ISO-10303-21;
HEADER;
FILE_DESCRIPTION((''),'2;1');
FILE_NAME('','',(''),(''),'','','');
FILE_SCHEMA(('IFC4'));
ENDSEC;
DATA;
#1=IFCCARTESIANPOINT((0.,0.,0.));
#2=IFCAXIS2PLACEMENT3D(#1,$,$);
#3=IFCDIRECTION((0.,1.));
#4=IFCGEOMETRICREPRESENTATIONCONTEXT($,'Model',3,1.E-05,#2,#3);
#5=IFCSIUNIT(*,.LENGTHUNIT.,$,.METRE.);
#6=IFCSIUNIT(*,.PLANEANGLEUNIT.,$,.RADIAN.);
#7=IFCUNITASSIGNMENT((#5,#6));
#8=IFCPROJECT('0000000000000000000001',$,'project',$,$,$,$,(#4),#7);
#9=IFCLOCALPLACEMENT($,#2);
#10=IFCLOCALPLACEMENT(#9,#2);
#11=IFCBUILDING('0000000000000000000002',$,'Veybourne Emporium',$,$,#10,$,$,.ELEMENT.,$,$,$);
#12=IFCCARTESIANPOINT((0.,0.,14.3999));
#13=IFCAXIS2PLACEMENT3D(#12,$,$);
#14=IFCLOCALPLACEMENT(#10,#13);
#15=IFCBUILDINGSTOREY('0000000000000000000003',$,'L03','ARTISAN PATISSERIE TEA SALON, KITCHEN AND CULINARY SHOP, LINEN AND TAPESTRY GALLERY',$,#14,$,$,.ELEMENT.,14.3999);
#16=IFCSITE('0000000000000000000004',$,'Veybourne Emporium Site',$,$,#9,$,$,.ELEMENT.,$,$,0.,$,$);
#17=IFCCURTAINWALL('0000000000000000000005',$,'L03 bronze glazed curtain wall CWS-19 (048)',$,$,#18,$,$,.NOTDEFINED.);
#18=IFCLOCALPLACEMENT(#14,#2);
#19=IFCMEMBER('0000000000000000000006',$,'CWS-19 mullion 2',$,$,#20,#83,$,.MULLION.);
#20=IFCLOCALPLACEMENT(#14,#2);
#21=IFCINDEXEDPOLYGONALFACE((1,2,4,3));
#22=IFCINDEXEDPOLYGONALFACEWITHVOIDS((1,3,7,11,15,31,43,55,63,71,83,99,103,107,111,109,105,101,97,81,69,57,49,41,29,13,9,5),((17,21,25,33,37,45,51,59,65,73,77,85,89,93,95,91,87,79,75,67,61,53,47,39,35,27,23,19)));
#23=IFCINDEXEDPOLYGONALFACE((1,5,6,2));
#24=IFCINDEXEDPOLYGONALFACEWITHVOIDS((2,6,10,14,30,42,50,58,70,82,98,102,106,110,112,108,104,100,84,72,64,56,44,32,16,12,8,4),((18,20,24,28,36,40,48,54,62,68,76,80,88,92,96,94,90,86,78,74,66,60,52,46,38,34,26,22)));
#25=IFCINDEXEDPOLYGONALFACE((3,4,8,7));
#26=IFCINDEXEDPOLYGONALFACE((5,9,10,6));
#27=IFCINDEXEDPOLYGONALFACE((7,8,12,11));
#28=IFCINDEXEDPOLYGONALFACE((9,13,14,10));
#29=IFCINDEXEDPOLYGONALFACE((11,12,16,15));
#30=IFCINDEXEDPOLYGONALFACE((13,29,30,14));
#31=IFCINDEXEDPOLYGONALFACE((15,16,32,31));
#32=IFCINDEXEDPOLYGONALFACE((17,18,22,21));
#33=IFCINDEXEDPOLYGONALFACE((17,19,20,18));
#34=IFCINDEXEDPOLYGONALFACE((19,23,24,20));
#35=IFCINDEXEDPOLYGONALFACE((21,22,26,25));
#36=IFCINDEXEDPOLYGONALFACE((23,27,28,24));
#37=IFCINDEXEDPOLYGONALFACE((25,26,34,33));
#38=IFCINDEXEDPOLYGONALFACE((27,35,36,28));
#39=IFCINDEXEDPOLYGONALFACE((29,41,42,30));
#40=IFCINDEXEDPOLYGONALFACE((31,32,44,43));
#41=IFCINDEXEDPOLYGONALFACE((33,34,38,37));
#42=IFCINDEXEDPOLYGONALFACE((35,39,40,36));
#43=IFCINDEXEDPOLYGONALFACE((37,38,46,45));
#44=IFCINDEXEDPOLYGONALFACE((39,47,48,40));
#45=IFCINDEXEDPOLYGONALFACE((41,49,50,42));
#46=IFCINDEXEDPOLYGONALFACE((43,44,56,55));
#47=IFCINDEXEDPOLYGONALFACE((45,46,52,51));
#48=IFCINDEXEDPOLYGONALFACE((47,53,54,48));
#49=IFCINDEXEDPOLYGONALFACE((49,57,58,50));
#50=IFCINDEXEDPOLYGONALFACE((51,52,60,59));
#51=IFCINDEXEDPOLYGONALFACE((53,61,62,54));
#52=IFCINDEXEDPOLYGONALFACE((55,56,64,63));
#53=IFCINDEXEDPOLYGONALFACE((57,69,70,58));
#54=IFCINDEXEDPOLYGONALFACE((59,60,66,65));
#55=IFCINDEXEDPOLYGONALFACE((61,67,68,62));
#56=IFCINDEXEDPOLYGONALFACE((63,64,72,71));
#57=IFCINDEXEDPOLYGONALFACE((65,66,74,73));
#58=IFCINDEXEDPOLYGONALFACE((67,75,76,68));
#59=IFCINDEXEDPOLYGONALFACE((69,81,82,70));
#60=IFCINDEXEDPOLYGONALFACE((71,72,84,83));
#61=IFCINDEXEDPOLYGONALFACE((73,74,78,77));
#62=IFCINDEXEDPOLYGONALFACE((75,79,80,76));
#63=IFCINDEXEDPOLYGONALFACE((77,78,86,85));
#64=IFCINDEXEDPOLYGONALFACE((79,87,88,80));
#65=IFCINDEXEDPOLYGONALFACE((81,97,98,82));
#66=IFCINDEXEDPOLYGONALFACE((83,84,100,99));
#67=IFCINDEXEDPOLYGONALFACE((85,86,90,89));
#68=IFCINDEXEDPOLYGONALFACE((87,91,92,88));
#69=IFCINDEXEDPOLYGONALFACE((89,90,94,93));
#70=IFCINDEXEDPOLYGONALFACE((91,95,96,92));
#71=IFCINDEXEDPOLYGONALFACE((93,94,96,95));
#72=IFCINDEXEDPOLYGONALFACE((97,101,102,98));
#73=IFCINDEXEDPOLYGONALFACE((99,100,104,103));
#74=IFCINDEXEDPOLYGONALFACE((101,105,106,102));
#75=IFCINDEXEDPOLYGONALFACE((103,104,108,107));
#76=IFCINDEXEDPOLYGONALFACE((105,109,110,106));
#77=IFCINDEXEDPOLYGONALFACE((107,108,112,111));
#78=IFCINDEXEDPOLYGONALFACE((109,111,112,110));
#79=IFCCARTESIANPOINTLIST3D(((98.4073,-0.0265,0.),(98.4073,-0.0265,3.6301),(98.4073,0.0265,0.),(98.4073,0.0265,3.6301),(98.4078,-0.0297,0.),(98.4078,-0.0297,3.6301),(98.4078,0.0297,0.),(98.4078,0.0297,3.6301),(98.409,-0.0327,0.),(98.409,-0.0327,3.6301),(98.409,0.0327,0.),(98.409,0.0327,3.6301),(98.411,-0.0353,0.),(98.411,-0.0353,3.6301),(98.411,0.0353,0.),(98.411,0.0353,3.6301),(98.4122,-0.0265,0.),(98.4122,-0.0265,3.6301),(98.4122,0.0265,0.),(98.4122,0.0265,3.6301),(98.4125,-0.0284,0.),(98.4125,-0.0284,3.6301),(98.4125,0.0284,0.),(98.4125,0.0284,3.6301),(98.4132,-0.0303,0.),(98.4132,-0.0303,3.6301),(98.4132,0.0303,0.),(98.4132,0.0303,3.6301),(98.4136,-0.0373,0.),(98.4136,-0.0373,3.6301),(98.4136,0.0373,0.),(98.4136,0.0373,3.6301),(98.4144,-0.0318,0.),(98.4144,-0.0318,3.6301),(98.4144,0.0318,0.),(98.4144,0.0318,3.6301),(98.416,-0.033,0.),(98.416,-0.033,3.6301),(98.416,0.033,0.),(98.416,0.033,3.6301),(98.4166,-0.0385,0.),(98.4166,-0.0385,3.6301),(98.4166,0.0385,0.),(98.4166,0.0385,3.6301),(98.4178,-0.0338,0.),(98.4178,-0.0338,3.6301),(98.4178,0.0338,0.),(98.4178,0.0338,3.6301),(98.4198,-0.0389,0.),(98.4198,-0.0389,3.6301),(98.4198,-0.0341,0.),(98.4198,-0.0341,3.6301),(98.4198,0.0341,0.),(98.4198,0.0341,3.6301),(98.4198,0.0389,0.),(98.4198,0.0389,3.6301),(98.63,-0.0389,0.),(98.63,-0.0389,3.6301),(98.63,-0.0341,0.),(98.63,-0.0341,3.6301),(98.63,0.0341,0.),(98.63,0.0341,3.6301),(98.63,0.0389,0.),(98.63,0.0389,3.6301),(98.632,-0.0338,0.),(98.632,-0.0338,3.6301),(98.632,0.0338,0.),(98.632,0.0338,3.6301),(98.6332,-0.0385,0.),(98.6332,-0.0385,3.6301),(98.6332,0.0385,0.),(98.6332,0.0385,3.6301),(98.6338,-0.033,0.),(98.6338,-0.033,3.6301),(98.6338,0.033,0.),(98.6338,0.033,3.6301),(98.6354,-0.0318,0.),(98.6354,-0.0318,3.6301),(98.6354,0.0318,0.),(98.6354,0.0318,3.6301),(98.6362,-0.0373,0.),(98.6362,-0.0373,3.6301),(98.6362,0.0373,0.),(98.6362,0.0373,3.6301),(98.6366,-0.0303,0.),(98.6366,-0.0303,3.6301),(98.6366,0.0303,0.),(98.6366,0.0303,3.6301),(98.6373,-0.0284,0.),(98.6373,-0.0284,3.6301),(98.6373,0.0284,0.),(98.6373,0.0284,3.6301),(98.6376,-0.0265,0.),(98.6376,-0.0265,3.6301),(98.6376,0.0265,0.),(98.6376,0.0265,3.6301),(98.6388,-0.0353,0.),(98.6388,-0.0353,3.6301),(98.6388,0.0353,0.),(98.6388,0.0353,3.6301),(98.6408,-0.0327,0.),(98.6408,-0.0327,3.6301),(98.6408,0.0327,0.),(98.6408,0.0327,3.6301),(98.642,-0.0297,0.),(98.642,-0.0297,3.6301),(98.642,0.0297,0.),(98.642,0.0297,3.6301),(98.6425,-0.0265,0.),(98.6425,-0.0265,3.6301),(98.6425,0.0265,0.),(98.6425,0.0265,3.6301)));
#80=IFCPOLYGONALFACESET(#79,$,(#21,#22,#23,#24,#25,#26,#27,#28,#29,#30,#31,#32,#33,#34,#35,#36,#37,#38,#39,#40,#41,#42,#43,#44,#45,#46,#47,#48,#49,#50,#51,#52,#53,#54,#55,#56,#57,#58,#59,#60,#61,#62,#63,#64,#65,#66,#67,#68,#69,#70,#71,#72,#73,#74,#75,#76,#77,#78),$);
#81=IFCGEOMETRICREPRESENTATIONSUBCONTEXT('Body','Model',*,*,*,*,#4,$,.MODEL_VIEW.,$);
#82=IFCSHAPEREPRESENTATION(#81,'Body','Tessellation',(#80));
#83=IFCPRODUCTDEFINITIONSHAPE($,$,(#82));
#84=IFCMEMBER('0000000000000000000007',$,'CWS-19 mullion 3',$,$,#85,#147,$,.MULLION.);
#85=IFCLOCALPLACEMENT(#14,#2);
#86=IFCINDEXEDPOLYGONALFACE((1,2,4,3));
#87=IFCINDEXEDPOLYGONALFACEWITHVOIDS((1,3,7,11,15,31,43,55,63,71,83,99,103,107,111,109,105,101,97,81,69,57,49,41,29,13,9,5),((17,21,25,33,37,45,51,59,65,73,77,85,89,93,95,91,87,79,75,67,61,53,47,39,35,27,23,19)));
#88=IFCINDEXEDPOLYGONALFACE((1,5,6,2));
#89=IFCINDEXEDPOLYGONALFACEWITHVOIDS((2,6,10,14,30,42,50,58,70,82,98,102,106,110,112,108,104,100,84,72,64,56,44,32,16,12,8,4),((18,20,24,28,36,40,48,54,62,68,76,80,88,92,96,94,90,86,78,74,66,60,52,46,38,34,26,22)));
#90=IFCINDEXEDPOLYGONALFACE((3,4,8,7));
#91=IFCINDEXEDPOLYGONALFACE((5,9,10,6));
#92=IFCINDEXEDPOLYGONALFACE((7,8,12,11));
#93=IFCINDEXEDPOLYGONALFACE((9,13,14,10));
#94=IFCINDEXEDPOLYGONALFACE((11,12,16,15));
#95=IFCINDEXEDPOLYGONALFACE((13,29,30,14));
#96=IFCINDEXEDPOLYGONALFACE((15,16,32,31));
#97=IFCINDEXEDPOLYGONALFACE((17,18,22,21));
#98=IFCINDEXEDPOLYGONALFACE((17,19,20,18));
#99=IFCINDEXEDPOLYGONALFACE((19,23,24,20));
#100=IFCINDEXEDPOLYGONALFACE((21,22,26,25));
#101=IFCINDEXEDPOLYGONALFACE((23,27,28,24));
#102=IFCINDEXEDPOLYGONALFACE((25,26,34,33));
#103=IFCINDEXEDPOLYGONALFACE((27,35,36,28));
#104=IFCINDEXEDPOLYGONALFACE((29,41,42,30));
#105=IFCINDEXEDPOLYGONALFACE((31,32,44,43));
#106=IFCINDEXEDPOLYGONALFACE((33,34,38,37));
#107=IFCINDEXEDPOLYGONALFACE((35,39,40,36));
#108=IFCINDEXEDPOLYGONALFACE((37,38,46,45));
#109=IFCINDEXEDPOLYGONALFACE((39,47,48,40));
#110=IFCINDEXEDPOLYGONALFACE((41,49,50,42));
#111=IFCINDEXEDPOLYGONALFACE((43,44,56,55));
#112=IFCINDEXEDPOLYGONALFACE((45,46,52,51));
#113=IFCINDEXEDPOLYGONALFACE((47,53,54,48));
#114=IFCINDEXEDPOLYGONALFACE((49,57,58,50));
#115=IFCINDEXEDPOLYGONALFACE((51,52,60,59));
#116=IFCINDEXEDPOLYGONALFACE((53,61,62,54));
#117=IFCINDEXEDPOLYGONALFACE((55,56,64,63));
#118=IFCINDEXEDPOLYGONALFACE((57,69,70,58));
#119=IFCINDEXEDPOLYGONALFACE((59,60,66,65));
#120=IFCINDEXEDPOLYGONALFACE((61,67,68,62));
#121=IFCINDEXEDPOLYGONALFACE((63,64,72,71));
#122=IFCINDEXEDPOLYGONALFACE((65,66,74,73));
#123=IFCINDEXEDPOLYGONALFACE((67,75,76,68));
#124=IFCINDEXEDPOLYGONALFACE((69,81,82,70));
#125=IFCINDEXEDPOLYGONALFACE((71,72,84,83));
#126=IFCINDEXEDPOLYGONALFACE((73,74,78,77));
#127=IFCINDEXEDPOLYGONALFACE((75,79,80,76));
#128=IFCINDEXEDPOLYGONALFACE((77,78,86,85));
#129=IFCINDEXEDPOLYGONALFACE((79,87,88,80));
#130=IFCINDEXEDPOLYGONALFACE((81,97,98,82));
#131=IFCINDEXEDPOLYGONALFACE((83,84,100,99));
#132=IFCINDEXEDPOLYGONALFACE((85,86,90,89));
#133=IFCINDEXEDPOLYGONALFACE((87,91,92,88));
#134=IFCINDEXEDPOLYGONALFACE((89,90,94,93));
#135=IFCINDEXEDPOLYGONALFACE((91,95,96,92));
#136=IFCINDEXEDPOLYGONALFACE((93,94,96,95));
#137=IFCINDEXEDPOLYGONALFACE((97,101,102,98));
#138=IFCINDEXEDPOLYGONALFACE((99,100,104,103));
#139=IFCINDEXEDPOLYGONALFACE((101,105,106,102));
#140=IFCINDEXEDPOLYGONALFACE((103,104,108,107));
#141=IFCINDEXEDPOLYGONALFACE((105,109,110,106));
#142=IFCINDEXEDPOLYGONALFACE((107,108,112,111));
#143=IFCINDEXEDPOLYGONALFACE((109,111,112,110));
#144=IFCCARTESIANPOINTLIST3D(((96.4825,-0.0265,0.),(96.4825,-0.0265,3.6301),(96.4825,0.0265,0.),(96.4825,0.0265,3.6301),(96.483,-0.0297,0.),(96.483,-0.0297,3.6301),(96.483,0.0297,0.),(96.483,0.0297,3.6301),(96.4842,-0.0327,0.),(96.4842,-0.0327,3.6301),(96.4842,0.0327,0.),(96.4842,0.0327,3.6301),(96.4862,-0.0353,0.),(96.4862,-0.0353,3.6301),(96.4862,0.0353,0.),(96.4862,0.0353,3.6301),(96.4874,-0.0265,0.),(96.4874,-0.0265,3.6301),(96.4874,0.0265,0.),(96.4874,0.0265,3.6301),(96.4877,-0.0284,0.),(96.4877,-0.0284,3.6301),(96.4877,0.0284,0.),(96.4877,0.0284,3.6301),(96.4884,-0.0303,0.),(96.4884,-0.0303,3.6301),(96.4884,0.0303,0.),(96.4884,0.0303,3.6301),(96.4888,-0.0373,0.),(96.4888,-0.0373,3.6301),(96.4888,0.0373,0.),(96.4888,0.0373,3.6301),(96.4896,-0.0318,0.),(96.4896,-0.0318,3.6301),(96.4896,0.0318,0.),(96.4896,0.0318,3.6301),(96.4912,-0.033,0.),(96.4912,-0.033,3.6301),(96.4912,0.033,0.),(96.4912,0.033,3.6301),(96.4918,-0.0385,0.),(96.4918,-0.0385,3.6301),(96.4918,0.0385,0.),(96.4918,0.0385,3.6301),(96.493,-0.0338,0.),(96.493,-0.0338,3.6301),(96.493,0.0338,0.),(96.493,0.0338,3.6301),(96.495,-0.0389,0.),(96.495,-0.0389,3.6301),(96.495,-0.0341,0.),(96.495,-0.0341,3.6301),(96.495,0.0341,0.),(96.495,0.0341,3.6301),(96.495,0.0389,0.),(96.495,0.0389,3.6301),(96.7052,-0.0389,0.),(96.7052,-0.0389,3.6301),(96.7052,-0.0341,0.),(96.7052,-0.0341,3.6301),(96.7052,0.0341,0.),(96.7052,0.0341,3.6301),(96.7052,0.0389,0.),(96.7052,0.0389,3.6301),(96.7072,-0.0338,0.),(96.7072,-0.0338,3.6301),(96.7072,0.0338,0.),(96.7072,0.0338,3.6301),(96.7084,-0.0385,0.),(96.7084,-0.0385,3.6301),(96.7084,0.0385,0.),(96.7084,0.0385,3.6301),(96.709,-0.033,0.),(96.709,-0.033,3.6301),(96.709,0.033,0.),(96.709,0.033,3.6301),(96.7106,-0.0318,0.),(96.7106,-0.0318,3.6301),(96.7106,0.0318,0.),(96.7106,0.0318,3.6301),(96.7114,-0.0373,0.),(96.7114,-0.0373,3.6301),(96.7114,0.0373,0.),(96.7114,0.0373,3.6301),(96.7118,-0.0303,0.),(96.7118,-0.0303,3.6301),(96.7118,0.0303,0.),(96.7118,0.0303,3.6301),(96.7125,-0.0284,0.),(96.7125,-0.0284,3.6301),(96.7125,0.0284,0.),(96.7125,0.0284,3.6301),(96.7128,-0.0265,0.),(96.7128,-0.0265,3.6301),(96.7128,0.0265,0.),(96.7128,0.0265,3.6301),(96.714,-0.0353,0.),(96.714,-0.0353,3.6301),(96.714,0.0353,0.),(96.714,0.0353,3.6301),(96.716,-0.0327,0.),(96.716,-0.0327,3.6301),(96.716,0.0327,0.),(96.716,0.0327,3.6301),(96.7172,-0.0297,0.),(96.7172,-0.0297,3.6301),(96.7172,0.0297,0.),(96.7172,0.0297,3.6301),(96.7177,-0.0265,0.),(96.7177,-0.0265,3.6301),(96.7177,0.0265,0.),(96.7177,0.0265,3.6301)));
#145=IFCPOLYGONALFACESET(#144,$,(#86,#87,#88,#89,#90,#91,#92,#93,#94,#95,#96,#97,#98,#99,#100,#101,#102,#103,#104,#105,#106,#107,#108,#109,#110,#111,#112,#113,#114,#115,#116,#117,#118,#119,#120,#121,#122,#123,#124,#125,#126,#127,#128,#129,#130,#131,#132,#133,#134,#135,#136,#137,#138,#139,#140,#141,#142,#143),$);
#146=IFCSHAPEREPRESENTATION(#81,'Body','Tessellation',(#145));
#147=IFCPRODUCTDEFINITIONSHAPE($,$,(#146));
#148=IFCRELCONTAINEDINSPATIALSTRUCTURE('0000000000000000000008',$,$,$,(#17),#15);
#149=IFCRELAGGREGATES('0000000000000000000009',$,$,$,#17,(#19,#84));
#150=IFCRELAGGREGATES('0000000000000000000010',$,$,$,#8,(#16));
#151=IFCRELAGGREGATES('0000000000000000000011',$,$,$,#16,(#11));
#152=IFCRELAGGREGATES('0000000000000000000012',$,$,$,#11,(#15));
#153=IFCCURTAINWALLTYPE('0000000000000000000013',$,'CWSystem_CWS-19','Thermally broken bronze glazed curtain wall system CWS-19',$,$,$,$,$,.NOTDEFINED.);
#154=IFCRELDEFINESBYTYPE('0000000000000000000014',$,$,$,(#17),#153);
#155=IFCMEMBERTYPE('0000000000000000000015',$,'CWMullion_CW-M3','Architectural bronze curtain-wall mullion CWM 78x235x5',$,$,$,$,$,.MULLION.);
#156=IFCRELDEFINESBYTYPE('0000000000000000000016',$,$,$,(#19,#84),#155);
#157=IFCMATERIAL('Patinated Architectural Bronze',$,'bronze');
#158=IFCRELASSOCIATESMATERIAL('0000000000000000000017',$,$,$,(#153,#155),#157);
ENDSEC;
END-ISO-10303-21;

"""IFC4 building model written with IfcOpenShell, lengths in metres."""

from ifc_helpers import new_model, si_unit, direction, frame, origin, origin_2d, place, context, subcontext, project, spatial, hollow_rectangle, extrude, material, material_profile, profile_set, type_object, element, aggregate, save


model = new_model("IFC4")

# Units and contexts
model_context = context("Model", 3, precision=1e-05, world=origin(), true_north=direction((0.0, 1.0)))
body_context = subcontext(model_context, "Body", "Model", "MODEL_VIEW")
ifc_project = project(units=[si_unit("LENGTHUNIT", "METRE"), si_unit("PLANEANGLEUNIT", "RADIAN")], contexts=[model_context])

# Site, building, storey
site_placement = place(None, origin())
site = spatial("IfcSite", under=ifc_project, at=site_placement, Name="Veybourne Emporium Site", CompositionType="ELEMENT", RefElevation=0.0)
building_placement = place(site_placement, origin())
building = spatial("IfcBuilding", under=site, at=building_placement, Name="Veybourne Emporium", CompositionType="ELEMENT")
storey_placement = place(building_placement, frame((0.0, 0.0, 14.3999)))
storey = spatial("IfcBuildingStorey", under=building, at=storey_placement, Name="L03", Description="ARTISAN PATISSERIE TEA SALON, KITCHEN AND CULINARY SHOP, LINEN AND TAPESTRY GALLERY", CompositionType="ELEMENT", Elevation=14.3999)

# Curtain wall, members
ifc_material_1 = material(Name="Patinated Architectural Bronze", Category="bronze")
curtain_wall_type = type_object("IfcCurtainWallType", Name="CWSystem_CWS-19", Description="Thermally broken bronze glazed curtain wall system CWS-19", PredefinedType="NOTDEFINED", material=ifc_material_1)
curtain_wall_placement = place(storey_placement, origin())
curtain_wall = element("IfcCurtainWall", 1, at=curtain_wall_placement, inside=storey, type_object=curtain_wall_type, Name="L03 bronze glazed curtain wall CWS-19 (048)", PredefinedType="NOTDEFINED")
ifc_material_profile_1 = material_profile(ifc_material_1, hollow_rectangle(XDim=0.0779, YDim=0.2351, WallThickness=0.0049, InnerFilletRadius=0.0076, OuterFilletRadius=0.0125, at=origin_2d()), Name="CWM 78x235x5")
ifc_profile_set_1 = profile_set([ifc_material_profile_1], Name="Patinated Architectural Bronze")
member_type_1 = type_object("IfcMemberType", Name="CWMullion_CW-M3", Description="Architectural bronze curtain-wall mullion CWM 78x235x5", PredefinedType="MULLION", material=ifc_profile_set_1)
member_1_placement = place(storey_placement, frame((98.5249, 0.0, 0.0), z_axis=(0.0, 0.0, 1.0), x_axis=(0.0, -1.0, 0.0)))
member_1 = element("IfcMember", 2, at=member_1_placement, type_object=member_type_1, Name="CWS-19 mullion 2", PredefinedType="MULLION", context=body_context, shape_type="SweptSolid", body=[
    extrude(hollow_rectangle(XDim=0.0779, YDim=0.2351, WallThickness=0.0049, InnerFilletRadius=0.0076, OuterFilletRadius=0.0125, at=origin_2d()), origin(), (0.0, 0.0, 1.0), 3.6301),
])
member_2_placement = place(storey_placement, frame((96.6001, 0.0, 0.0), z_axis=(0.0, 0.0, 1.0), x_axis=(0.0, -1.0, 0.0)))
member_2 = element("IfcMember", 3, at=member_2_placement, type_object=member_type_1, Name="CWS-19 mullion 3", PredefinedType="MULLION", context=body_context, shape_type="SweptSolid", body=[
    extrude(hollow_rectangle(XDim=0.0779, YDim=0.2351, WallThickness=0.0049, InnerFilletRadius=0.0076, OuterFilletRadius=0.0125, at=origin_2d()), origin(), (0.0, 0.0, 1.0), 3.6301),
])
aggregate(curtain_wall, [member_1, member_2])

save(model, "model.ifc")
